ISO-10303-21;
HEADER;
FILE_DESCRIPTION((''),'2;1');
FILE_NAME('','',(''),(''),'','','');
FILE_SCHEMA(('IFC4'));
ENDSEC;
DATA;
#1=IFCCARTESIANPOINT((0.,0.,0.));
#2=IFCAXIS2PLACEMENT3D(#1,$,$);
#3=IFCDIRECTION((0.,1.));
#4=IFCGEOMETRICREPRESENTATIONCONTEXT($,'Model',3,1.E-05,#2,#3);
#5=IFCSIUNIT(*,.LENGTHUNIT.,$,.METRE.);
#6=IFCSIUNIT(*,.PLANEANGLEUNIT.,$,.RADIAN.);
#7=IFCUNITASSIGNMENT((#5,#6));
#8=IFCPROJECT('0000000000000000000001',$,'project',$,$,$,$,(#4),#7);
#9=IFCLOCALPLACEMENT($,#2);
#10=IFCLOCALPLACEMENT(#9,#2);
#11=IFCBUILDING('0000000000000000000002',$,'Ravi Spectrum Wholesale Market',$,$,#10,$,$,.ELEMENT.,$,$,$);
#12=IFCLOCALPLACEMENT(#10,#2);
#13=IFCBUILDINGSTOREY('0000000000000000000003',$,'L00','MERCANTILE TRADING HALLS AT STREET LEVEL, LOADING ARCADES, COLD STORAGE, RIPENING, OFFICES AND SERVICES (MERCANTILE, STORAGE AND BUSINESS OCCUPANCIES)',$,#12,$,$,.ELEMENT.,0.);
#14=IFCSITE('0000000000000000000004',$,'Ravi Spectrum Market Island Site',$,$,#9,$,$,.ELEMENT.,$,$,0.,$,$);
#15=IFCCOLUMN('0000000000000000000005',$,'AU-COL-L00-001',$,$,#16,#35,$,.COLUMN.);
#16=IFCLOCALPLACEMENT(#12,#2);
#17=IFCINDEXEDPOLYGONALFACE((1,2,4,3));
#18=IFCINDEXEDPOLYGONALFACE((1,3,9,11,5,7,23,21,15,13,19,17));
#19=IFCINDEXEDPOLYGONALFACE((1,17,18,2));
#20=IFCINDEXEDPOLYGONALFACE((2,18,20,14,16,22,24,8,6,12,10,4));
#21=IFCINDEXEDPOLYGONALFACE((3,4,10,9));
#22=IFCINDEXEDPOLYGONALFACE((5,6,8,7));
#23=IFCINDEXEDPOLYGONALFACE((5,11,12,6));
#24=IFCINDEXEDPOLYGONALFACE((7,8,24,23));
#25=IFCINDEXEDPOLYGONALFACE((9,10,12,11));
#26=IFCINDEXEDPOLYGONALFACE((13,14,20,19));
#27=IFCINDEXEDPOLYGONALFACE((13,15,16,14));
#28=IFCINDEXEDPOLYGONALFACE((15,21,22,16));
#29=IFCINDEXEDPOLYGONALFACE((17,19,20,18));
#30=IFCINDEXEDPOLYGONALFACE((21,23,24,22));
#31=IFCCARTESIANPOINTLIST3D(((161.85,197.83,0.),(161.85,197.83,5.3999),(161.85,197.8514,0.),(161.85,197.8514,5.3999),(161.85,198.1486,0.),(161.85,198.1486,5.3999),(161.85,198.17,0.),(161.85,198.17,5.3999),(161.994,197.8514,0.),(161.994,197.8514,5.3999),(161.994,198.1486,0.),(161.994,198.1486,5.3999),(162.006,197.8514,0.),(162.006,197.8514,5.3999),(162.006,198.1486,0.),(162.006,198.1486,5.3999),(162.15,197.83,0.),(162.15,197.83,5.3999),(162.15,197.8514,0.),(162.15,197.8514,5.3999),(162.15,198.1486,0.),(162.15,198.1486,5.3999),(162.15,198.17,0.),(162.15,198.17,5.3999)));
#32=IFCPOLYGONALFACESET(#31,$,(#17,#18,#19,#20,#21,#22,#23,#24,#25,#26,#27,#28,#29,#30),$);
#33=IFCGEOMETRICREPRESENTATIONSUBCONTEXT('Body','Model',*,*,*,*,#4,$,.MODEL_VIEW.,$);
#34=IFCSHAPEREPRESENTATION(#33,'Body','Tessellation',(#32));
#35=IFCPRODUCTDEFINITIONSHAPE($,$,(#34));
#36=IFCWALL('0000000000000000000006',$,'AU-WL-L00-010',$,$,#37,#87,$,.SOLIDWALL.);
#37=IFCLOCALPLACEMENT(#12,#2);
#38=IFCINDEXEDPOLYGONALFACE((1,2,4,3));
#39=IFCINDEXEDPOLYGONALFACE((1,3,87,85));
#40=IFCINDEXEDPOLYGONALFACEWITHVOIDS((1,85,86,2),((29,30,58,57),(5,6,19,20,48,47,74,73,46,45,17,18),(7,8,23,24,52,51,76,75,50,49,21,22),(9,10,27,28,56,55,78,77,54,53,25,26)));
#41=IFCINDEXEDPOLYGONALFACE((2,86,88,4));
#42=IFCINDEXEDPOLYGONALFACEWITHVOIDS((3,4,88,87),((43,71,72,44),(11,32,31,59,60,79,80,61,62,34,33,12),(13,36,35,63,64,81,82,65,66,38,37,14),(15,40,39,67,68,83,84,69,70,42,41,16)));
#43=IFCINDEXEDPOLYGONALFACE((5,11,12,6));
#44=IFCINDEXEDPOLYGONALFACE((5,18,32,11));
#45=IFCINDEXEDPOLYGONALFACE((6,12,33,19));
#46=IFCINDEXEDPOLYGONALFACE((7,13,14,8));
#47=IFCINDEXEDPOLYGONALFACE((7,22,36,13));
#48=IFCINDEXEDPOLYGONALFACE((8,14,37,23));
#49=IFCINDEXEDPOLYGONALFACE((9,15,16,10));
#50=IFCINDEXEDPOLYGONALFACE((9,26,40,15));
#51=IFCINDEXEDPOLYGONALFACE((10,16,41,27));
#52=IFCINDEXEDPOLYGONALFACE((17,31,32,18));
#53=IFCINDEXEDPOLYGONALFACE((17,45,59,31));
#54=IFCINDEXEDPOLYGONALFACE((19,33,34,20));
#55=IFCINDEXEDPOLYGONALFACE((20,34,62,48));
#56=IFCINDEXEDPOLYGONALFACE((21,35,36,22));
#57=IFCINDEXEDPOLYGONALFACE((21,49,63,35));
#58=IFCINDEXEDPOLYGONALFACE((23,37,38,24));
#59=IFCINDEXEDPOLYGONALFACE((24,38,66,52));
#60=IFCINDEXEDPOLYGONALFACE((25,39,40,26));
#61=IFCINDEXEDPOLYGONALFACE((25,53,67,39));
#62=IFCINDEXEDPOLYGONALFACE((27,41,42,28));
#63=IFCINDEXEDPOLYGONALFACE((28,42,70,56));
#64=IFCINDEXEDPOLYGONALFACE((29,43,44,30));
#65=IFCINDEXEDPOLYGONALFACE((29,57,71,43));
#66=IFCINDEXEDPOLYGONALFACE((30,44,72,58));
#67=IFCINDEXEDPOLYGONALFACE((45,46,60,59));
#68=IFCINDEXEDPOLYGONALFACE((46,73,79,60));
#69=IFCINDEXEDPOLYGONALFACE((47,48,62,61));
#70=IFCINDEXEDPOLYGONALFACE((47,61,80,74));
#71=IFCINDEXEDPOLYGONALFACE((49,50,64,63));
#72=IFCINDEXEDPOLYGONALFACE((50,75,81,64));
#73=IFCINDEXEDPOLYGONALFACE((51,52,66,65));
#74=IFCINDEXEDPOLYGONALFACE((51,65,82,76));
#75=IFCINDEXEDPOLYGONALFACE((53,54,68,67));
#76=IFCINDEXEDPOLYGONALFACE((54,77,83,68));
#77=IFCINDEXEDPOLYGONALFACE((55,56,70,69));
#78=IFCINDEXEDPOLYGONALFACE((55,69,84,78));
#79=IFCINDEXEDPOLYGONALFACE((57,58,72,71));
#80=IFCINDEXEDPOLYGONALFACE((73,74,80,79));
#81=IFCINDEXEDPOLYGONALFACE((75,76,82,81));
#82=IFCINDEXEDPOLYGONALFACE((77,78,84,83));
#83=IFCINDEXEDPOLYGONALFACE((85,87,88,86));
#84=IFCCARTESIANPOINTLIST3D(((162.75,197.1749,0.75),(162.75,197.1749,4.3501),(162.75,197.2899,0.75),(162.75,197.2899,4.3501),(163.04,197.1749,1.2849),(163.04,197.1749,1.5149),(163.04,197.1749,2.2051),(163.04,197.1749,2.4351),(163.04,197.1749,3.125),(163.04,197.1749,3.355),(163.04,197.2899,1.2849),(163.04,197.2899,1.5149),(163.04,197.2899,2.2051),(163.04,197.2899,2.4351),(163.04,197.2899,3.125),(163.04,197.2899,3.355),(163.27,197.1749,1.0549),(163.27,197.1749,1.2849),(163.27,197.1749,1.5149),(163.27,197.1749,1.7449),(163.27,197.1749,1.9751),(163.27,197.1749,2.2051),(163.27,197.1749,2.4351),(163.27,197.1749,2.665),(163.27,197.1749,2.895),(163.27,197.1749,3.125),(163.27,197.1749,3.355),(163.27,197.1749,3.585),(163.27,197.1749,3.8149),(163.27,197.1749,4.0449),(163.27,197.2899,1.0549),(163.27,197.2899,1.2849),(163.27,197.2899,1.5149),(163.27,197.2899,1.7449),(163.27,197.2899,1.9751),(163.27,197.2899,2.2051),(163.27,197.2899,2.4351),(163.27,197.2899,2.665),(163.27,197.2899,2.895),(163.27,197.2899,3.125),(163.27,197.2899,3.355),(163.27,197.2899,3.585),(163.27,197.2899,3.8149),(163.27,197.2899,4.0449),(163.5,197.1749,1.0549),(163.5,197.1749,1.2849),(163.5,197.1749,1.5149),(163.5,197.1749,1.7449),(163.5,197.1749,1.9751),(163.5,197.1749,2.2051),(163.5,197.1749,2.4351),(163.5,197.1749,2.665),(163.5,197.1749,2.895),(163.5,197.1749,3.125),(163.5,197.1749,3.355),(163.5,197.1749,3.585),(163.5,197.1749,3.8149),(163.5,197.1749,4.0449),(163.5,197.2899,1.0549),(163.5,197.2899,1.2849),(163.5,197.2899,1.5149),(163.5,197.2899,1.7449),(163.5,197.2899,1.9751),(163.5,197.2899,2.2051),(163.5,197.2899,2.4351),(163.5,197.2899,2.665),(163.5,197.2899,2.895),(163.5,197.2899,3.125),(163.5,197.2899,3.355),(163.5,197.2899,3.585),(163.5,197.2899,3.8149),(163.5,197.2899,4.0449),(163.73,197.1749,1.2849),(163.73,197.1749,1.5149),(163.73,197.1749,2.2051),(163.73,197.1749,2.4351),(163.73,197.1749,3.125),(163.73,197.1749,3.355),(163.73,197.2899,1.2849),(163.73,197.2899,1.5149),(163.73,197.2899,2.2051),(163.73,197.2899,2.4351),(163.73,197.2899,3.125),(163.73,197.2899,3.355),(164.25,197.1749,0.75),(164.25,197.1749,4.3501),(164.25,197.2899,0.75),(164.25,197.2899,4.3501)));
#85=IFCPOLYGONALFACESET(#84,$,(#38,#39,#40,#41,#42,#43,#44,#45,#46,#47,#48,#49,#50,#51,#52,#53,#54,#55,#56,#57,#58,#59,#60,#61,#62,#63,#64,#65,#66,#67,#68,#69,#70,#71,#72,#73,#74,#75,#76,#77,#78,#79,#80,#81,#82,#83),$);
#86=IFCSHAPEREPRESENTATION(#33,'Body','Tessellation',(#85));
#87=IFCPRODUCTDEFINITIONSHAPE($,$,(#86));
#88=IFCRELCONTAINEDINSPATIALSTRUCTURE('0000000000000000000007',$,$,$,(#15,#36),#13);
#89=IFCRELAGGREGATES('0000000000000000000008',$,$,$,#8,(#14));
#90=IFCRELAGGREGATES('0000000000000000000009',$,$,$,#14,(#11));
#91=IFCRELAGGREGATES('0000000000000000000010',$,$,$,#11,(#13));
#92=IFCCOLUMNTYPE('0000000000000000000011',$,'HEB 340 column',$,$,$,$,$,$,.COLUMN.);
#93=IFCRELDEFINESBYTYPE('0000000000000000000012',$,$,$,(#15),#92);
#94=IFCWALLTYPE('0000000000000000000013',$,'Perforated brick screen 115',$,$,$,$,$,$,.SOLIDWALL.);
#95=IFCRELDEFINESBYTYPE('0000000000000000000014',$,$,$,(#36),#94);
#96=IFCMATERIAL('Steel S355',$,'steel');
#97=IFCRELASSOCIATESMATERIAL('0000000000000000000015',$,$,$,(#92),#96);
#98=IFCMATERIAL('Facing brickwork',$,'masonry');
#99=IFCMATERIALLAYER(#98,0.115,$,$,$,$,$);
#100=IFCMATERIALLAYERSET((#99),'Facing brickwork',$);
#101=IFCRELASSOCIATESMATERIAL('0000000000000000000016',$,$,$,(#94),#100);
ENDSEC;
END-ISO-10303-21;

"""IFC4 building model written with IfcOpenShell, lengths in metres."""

from ifc_helpers import new_model, si_unit, direction, frame, frame_2d, origin, origin_2d, place, context, subcontext, project, spatial, rectangle, i_section, extrude, material, layer, layer_set, material_profile, profile_set, type_object, element, save


model = new_model("IFC4")

# Units and contexts
model_context = context("Model", 3, precision=1e-05, world=origin(), true_north=direction((0.0, 1.0)))
body_context = subcontext(model_context, "Body", "Model", "MODEL_VIEW")
ifc_project = project(units=[si_unit("LENGTHUNIT", "METRE"), si_unit("PLANEANGLEUNIT", "RADIAN")], contexts=[model_context])

# Site, building, storey
site_placement = place(None, origin())
site = spatial("IfcSite", under=ifc_project, at=site_placement, Name="Ravi Spectrum Market Island Site", CompositionType="ELEMENT", RefElevation=0.0)
building_placement = place(site_placement, origin())
building = spatial("IfcBuilding", under=site, at=building_placement, Name="Ravi Spectrum Wholesale Market", CompositionType="ELEMENT")
storey_placement = place(building_placement, origin())
storey = spatial("IfcBuildingStorey", under=building, at=storey_placement, Name="L00", Description="MERCANTILE TRADING HALLS AT STREET LEVEL, LOADING ARCADES, COLD STORAGE, RIPENING, OFFICES AND SERVICES (MERCANTILE, STORAGE AND BUSINESS OCCUPANCIES)", CompositionType="ELEMENT", Elevation=0.0)

# Column
ifc_material_1 = material(Name="Steel S355", Category="steel")
ifc_material_profile = material_profile(ifc_material_1, i_section(OverallWidth=0.3, OverallDepth=0.3401, WebThickness=0.012, FlangeThickness=0.0215, at=origin_2d()))
ifc_profile_set = profile_set([ifc_material_profile], Name="Steel S355")
column_type = type_object("IfcColumnType", Name="HEB 340 column", PredefinedType="COLUMN", material=ifc_profile_set)
column_placement = place(storey_placement, frame((162.0, 198.0, 0.0), z_axis=(0.0, 0.0, 1.0), x_axis=(1.0, 0.0, 0.0)))
element("IfcColumn", 1, at=column_placement, inside=storey, type_object=column_type, Name="AU-COL-L00-001", PredefinedType="COLUMN", context=body_context, shape_type="SweptSolid", body=[
    extrude(i_section(OverallWidth=0.3, OverallDepth=0.3401, WebThickness=0.012, FlangeThickness=0.0215, at=origin_2d()), origin(), (0.0, 0.0, 1.0), 5.3999),
])

# Wall, openings
ifc_material_2 = material(Name="Facing brickwork", Category="masonry")
ifc_layer = layer(ifc_material_2, 0.115)
ifc_layer_set = layer_set([ifc_layer], Name="Facing brickwork")
wall_type = type_object("IfcWallType", Name="Perforated brick screen 115", PredefinedType="SOLIDWALL", material=ifc_layer_set)
wall_1_placement = place(storey_placement, frame((162.75, 197.2324, 0.75), z_axis=(0.0, 0.0, 1.0), x_axis=(1.0, 0.0, 0.0)))
wall_1 = element("IfcWall", 2, at=wall_1_placement, inside=storey, type_object=wall_type, Name="AU-WL-L00-010", PredefinedType="SOLIDWALL", context=body_context, shape_type="SweptSolid", body=[
    extrude(rectangle(XDim=1.5, YDim=0.115, at=frame_2d((0.75, 0.0))), origin(), (0.0, 0.0, 1.0), 3.6001),
])
opening_1_placement = place(wall_1_placement, frame((0.52, 0.0, 0.3049)))
element("IfcOpeningElement", 3, at=opening_1_placement, cuts=wall_1, PredefinedType="OPENING", context=body_context, shape_type="SweptSolid", body=[
    extrude(rectangle(XDim=0.23, YDim=0.23, at=frame_2d((0.115, 0.115))), frame((0.0, 0.0674, 0.0), z_axis=(0.0, -1.0, 0.0), x_axis=(1.0, 0.0, 0.0)), (0.0, 0.0, 1.0), 0.135),
])
opening_2_placement = place(wall_1_placement, frame((0.29, 0.0, 0.5349)))
element("IfcOpeningElement", 4, at=opening_2_placement, cuts=wall_1, PredefinedType="OPENING", context=body_context, shape_type="SweptSolid", body=[
    extrude(rectangle(XDim=0.23, YDim=0.23, at=frame_2d((0.115, 0.115))), frame((0.0, 0.0674, 0.0), z_axis=(0.0, -1.0, 0.0), x_axis=(1.0, 0.0, 0.0)), (0.0, 0.0, 1.0), 0.135),
])
opening_3_placement = place(wall_1_placement, frame((0.52, 0.0, 0.5349)))
element("IfcOpeningElement", 5, at=opening_3_placement, cuts=wall_1, PredefinedType="OPENING", context=body_context, shape_type="SweptSolid", body=[
    extrude(rectangle(XDim=0.23, YDim=0.23, at=frame_2d((0.115, 0.115))), frame((0.0, 0.0674, 0.0), z_axis=(0.0, -1.0, 0.0), x_axis=(1.0, 0.0, 0.0)), (0.0, 0.0, 1.0), 0.135),
])
opening_4_placement = place(wall_1_placement, frame((0.75, 0.0, 0.5349)))
element("IfcOpeningElement", 6, at=opening_4_placement, cuts=wall_1, PredefinedType="OPENING", context=body_context, shape_type="SweptSolid", body=[
    extrude(rectangle(XDim=0.23, YDim=0.23, at=frame_2d((0.115, 0.115))), frame((0.0, 0.0674, 0.0), z_axis=(0.0, -1.0, 0.0), x_axis=(1.0, 0.0, 0.0)), (0.0, 0.0, 1.0), 0.135),
])
opening_5_placement = place(wall_1_placement, frame((0.52, 0.0, 0.7649)))
element("IfcOpeningElement", 7, at=opening_5_placement, cuts=wall_1, PredefinedType="OPENING", context=body_context, shape_type="SweptSolid", body=[
    extrude(rectangle(XDim=0.23, YDim=0.23, at=frame_2d((0.115, 0.115))), frame((0.0, 0.0674, 0.0), z_axis=(0.0, -1.0, 0.0), x_axis=(1.0, 0.0, 0.0)), (0.0, 0.0, 1.0), 0.135),
])
opening_6_placement = place(wall_1_placement, frame((0.52, 0.0, 1.2251)))
element("IfcOpeningElement", 8, at=opening_6_placement, cuts=wall_1, PredefinedType="OPENING", context=body_context, shape_type="SweptSolid", body=[
    extrude(rectangle(XDim=0.23, YDim=0.23, at=frame_2d((0.115, 0.115))), frame((0.0, 0.0674, 0.0), z_axis=(0.0, -1.0, 0.0), x_axis=(1.0, 0.0, 0.0)), (0.0, 0.0, 1.0), 0.135),
])
opening_7_placement = place(wall_1_placement, frame((0.29, 0.0, 1.4551)))
element("IfcOpeningElement", 9, at=opening_7_placement, cuts=wall_1, PredefinedType="OPENING", context=body_context, shape_type="SweptSolid", body=[
    extrude(rectangle(XDim=0.23, YDim=0.23, at=frame_2d((0.115, 0.115))), frame((0.0, 0.0674, 0.0), z_axis=(0.0, -1.0, 0.0), x_axis=(1.0, 0.0, 0.0)), (0.0, 0.0, 1.0), 0.135),
])
opening_8_placement = place(wall_1_placement, frame((0.52, 0.0, 1.4551)))
element("IfcOpeningElement", 10, at=opening_8_placement, cuts=wall_1, PredefinedType="OPENING", context=body_context, shape_type="SweptSolid", body=[
    extrude(rectangle(XDim=0.23, YDim=0.23, at=frame_2d((0.115, 0.115))), frame((0.0, 0.0674, 0.0), z_axis=(0.0, -1.0, 0.0), x_axis=(1.0, 0.0, 0.0)), (0.0, 0.0, 1.0), 0.135),
])
opening_9_placement = place(wall_1_placement, frame((0.75, 0.0, 1.4551)))
element("IfcOpeningElement", 11, at=opening_9_placement, cuts=wall_1, PredefinedType="OPENING", context=body_context, shape_type="SweptSolid", body=[
    extrude(rectangle(XDim=0.23, YDim=0.23, at=frame_2d((0.115, 0.115))), frame((0.0, 0.0674, 0.0), z_axis=(0.0, -1.0, 0.0), x_axis=(1.0, 0.0, 0.0)), (0.0, 0.0, 1.0), 0.135),
])
opening_10_placement = place(wall_1_placement, frame((0.52, 0.0, 1.6851)))
element("IfcOpeningElement", 12, at=opening_10_placement, cuts=wall_1, PredefinedType="OPENING", context=body_context, shape_type="SweptSolid", body=[
    extrude(rectangle(XDim=0.23, YDim=0.23, at=frame_2d((0.115, 0.115))), frame((0.0, 0.0674, 0.0), z_axis=(0.0, -1.0, 0.0), x_axis=(1.0, 0.0, 0.0)), (0.0, 0.0, 1.0), 0.135),
])
opening_11_placement = place(wall_1_placement, frame((0.52, 0.0, 2.145)))
element("IfcOpeningElement", 13, at=opening_11_placement, cuts=wall_1, PredefinedType="OPENING", context=body_context, shape_type="SweptSolid", body=[
    extrude(rectangle(XDim=0.23, YDim=0.23, at=frame_2d((0.115, 0.115))), frame((0.0, 0.0674, 0.0), z_axis=(0.0, -1.0, 0.0), x_axis=(1.0, 0.0, 0.0)), (0.0, 0.0, 1.0), 0.135),
])
opening_12_placement = place(wall_1_placement, frame((0.29, 0.0, 2.375)))
element("IfcOpeningElement", 14, at=opening_12_placement, cuts=wall_1, PredefinedType="OPENING", context=body_context, shape_type="SweptSolid", body=[
    extrude(rectangle(XDim=0.23, YDim=0.23, at=frame_2d((0.115, 0.115))), frame((0.0, 0.0674, 0.0), z_axis=(0.0, -1.0, 0.0), x_axis=(1.0, 0.0, 0.0)), (0.0, 0.0, 1.0), 0.135),
])
opening_13_placement = place(wall_1_placement, frame((0.52, 0.0, 2.375)))
element("IfcOpeningElement", 15, at=opening_13_placement, cuts=wall_1, PredefinedType="OPENING", context=body_context, shape_type="SweptSolid", body=[
    extrude(rectangle(XDim=0.23, YDim=0.23, at=frame_2d((0.115, 0.115))), frame((0.0, 0.0674, 0.0), z_axis=(0.0, -1.0, 0.0), x_axis=(1.0, 0.0, 0.0)), (0.0, 0.0, 1.0), 0.135),
])
opening_14_placement = place(wall_1_placement, frame((0.75, 0.0, 2.375)))
element("IfcOpeningElement", 16, at=opening_14_placement, cuts=wall_1, PredefinedType="OPENING", context=body_context, shape_type="SweptSolid", body=[
    extrude(rectangle(XDim=0.23, YDim=0.23, at=frame_2d((0.115, 0.115))), frame((0.0, 0.0674, 0.0), z_axis=(0.0, -1.0, 0.0), x_axis=(1.0, 0.0, 0.0)), (0.0, 0.0, 1.0), 0.135),
])
opening_15_placement = place(wall_1_placement, frame((0.52, 0.0, 2.605)))
element("IfcOpeningElement", 17, at=opening_15_placement, cuts=wall_1, PredefinedType="OPENING", context=body_context, shape_type="SweptSolid", body=[
    extrude(rectangle(XDim=0.23, YDim=0.23, at=frame_2d((0.115, 0.115))), frame((0.0, 0.0674, 0.0), z_axis=(0.0, -1.0, 0.0), x_axis=(1.0, 0.0, 0.0)), (0.0, 0.0, 1.0), 0.135),
])
opening_16_placement = place(wall_1_placement, frame((0.52, 0.0, 3.0649)))
element("IfcOpeningElement", 18, at=opening_16_placement, cuts=wall_1, PredefinedType="OPENING", context=body_context, shape_type="SweptSolid", body=[
    extrude(rectangle(XDim=0.23, YDim=0.23, at=frame_2d((0.115, 0.115))), frame((0.0, 0.0674, 0.0), z_axis=(0.0, -1.0, 0.0), x_axis=(1.0, 0.0, 0.0)), (0.0, 0.0, 1.0), 0.135),
])

save(model, "model.ifc")
